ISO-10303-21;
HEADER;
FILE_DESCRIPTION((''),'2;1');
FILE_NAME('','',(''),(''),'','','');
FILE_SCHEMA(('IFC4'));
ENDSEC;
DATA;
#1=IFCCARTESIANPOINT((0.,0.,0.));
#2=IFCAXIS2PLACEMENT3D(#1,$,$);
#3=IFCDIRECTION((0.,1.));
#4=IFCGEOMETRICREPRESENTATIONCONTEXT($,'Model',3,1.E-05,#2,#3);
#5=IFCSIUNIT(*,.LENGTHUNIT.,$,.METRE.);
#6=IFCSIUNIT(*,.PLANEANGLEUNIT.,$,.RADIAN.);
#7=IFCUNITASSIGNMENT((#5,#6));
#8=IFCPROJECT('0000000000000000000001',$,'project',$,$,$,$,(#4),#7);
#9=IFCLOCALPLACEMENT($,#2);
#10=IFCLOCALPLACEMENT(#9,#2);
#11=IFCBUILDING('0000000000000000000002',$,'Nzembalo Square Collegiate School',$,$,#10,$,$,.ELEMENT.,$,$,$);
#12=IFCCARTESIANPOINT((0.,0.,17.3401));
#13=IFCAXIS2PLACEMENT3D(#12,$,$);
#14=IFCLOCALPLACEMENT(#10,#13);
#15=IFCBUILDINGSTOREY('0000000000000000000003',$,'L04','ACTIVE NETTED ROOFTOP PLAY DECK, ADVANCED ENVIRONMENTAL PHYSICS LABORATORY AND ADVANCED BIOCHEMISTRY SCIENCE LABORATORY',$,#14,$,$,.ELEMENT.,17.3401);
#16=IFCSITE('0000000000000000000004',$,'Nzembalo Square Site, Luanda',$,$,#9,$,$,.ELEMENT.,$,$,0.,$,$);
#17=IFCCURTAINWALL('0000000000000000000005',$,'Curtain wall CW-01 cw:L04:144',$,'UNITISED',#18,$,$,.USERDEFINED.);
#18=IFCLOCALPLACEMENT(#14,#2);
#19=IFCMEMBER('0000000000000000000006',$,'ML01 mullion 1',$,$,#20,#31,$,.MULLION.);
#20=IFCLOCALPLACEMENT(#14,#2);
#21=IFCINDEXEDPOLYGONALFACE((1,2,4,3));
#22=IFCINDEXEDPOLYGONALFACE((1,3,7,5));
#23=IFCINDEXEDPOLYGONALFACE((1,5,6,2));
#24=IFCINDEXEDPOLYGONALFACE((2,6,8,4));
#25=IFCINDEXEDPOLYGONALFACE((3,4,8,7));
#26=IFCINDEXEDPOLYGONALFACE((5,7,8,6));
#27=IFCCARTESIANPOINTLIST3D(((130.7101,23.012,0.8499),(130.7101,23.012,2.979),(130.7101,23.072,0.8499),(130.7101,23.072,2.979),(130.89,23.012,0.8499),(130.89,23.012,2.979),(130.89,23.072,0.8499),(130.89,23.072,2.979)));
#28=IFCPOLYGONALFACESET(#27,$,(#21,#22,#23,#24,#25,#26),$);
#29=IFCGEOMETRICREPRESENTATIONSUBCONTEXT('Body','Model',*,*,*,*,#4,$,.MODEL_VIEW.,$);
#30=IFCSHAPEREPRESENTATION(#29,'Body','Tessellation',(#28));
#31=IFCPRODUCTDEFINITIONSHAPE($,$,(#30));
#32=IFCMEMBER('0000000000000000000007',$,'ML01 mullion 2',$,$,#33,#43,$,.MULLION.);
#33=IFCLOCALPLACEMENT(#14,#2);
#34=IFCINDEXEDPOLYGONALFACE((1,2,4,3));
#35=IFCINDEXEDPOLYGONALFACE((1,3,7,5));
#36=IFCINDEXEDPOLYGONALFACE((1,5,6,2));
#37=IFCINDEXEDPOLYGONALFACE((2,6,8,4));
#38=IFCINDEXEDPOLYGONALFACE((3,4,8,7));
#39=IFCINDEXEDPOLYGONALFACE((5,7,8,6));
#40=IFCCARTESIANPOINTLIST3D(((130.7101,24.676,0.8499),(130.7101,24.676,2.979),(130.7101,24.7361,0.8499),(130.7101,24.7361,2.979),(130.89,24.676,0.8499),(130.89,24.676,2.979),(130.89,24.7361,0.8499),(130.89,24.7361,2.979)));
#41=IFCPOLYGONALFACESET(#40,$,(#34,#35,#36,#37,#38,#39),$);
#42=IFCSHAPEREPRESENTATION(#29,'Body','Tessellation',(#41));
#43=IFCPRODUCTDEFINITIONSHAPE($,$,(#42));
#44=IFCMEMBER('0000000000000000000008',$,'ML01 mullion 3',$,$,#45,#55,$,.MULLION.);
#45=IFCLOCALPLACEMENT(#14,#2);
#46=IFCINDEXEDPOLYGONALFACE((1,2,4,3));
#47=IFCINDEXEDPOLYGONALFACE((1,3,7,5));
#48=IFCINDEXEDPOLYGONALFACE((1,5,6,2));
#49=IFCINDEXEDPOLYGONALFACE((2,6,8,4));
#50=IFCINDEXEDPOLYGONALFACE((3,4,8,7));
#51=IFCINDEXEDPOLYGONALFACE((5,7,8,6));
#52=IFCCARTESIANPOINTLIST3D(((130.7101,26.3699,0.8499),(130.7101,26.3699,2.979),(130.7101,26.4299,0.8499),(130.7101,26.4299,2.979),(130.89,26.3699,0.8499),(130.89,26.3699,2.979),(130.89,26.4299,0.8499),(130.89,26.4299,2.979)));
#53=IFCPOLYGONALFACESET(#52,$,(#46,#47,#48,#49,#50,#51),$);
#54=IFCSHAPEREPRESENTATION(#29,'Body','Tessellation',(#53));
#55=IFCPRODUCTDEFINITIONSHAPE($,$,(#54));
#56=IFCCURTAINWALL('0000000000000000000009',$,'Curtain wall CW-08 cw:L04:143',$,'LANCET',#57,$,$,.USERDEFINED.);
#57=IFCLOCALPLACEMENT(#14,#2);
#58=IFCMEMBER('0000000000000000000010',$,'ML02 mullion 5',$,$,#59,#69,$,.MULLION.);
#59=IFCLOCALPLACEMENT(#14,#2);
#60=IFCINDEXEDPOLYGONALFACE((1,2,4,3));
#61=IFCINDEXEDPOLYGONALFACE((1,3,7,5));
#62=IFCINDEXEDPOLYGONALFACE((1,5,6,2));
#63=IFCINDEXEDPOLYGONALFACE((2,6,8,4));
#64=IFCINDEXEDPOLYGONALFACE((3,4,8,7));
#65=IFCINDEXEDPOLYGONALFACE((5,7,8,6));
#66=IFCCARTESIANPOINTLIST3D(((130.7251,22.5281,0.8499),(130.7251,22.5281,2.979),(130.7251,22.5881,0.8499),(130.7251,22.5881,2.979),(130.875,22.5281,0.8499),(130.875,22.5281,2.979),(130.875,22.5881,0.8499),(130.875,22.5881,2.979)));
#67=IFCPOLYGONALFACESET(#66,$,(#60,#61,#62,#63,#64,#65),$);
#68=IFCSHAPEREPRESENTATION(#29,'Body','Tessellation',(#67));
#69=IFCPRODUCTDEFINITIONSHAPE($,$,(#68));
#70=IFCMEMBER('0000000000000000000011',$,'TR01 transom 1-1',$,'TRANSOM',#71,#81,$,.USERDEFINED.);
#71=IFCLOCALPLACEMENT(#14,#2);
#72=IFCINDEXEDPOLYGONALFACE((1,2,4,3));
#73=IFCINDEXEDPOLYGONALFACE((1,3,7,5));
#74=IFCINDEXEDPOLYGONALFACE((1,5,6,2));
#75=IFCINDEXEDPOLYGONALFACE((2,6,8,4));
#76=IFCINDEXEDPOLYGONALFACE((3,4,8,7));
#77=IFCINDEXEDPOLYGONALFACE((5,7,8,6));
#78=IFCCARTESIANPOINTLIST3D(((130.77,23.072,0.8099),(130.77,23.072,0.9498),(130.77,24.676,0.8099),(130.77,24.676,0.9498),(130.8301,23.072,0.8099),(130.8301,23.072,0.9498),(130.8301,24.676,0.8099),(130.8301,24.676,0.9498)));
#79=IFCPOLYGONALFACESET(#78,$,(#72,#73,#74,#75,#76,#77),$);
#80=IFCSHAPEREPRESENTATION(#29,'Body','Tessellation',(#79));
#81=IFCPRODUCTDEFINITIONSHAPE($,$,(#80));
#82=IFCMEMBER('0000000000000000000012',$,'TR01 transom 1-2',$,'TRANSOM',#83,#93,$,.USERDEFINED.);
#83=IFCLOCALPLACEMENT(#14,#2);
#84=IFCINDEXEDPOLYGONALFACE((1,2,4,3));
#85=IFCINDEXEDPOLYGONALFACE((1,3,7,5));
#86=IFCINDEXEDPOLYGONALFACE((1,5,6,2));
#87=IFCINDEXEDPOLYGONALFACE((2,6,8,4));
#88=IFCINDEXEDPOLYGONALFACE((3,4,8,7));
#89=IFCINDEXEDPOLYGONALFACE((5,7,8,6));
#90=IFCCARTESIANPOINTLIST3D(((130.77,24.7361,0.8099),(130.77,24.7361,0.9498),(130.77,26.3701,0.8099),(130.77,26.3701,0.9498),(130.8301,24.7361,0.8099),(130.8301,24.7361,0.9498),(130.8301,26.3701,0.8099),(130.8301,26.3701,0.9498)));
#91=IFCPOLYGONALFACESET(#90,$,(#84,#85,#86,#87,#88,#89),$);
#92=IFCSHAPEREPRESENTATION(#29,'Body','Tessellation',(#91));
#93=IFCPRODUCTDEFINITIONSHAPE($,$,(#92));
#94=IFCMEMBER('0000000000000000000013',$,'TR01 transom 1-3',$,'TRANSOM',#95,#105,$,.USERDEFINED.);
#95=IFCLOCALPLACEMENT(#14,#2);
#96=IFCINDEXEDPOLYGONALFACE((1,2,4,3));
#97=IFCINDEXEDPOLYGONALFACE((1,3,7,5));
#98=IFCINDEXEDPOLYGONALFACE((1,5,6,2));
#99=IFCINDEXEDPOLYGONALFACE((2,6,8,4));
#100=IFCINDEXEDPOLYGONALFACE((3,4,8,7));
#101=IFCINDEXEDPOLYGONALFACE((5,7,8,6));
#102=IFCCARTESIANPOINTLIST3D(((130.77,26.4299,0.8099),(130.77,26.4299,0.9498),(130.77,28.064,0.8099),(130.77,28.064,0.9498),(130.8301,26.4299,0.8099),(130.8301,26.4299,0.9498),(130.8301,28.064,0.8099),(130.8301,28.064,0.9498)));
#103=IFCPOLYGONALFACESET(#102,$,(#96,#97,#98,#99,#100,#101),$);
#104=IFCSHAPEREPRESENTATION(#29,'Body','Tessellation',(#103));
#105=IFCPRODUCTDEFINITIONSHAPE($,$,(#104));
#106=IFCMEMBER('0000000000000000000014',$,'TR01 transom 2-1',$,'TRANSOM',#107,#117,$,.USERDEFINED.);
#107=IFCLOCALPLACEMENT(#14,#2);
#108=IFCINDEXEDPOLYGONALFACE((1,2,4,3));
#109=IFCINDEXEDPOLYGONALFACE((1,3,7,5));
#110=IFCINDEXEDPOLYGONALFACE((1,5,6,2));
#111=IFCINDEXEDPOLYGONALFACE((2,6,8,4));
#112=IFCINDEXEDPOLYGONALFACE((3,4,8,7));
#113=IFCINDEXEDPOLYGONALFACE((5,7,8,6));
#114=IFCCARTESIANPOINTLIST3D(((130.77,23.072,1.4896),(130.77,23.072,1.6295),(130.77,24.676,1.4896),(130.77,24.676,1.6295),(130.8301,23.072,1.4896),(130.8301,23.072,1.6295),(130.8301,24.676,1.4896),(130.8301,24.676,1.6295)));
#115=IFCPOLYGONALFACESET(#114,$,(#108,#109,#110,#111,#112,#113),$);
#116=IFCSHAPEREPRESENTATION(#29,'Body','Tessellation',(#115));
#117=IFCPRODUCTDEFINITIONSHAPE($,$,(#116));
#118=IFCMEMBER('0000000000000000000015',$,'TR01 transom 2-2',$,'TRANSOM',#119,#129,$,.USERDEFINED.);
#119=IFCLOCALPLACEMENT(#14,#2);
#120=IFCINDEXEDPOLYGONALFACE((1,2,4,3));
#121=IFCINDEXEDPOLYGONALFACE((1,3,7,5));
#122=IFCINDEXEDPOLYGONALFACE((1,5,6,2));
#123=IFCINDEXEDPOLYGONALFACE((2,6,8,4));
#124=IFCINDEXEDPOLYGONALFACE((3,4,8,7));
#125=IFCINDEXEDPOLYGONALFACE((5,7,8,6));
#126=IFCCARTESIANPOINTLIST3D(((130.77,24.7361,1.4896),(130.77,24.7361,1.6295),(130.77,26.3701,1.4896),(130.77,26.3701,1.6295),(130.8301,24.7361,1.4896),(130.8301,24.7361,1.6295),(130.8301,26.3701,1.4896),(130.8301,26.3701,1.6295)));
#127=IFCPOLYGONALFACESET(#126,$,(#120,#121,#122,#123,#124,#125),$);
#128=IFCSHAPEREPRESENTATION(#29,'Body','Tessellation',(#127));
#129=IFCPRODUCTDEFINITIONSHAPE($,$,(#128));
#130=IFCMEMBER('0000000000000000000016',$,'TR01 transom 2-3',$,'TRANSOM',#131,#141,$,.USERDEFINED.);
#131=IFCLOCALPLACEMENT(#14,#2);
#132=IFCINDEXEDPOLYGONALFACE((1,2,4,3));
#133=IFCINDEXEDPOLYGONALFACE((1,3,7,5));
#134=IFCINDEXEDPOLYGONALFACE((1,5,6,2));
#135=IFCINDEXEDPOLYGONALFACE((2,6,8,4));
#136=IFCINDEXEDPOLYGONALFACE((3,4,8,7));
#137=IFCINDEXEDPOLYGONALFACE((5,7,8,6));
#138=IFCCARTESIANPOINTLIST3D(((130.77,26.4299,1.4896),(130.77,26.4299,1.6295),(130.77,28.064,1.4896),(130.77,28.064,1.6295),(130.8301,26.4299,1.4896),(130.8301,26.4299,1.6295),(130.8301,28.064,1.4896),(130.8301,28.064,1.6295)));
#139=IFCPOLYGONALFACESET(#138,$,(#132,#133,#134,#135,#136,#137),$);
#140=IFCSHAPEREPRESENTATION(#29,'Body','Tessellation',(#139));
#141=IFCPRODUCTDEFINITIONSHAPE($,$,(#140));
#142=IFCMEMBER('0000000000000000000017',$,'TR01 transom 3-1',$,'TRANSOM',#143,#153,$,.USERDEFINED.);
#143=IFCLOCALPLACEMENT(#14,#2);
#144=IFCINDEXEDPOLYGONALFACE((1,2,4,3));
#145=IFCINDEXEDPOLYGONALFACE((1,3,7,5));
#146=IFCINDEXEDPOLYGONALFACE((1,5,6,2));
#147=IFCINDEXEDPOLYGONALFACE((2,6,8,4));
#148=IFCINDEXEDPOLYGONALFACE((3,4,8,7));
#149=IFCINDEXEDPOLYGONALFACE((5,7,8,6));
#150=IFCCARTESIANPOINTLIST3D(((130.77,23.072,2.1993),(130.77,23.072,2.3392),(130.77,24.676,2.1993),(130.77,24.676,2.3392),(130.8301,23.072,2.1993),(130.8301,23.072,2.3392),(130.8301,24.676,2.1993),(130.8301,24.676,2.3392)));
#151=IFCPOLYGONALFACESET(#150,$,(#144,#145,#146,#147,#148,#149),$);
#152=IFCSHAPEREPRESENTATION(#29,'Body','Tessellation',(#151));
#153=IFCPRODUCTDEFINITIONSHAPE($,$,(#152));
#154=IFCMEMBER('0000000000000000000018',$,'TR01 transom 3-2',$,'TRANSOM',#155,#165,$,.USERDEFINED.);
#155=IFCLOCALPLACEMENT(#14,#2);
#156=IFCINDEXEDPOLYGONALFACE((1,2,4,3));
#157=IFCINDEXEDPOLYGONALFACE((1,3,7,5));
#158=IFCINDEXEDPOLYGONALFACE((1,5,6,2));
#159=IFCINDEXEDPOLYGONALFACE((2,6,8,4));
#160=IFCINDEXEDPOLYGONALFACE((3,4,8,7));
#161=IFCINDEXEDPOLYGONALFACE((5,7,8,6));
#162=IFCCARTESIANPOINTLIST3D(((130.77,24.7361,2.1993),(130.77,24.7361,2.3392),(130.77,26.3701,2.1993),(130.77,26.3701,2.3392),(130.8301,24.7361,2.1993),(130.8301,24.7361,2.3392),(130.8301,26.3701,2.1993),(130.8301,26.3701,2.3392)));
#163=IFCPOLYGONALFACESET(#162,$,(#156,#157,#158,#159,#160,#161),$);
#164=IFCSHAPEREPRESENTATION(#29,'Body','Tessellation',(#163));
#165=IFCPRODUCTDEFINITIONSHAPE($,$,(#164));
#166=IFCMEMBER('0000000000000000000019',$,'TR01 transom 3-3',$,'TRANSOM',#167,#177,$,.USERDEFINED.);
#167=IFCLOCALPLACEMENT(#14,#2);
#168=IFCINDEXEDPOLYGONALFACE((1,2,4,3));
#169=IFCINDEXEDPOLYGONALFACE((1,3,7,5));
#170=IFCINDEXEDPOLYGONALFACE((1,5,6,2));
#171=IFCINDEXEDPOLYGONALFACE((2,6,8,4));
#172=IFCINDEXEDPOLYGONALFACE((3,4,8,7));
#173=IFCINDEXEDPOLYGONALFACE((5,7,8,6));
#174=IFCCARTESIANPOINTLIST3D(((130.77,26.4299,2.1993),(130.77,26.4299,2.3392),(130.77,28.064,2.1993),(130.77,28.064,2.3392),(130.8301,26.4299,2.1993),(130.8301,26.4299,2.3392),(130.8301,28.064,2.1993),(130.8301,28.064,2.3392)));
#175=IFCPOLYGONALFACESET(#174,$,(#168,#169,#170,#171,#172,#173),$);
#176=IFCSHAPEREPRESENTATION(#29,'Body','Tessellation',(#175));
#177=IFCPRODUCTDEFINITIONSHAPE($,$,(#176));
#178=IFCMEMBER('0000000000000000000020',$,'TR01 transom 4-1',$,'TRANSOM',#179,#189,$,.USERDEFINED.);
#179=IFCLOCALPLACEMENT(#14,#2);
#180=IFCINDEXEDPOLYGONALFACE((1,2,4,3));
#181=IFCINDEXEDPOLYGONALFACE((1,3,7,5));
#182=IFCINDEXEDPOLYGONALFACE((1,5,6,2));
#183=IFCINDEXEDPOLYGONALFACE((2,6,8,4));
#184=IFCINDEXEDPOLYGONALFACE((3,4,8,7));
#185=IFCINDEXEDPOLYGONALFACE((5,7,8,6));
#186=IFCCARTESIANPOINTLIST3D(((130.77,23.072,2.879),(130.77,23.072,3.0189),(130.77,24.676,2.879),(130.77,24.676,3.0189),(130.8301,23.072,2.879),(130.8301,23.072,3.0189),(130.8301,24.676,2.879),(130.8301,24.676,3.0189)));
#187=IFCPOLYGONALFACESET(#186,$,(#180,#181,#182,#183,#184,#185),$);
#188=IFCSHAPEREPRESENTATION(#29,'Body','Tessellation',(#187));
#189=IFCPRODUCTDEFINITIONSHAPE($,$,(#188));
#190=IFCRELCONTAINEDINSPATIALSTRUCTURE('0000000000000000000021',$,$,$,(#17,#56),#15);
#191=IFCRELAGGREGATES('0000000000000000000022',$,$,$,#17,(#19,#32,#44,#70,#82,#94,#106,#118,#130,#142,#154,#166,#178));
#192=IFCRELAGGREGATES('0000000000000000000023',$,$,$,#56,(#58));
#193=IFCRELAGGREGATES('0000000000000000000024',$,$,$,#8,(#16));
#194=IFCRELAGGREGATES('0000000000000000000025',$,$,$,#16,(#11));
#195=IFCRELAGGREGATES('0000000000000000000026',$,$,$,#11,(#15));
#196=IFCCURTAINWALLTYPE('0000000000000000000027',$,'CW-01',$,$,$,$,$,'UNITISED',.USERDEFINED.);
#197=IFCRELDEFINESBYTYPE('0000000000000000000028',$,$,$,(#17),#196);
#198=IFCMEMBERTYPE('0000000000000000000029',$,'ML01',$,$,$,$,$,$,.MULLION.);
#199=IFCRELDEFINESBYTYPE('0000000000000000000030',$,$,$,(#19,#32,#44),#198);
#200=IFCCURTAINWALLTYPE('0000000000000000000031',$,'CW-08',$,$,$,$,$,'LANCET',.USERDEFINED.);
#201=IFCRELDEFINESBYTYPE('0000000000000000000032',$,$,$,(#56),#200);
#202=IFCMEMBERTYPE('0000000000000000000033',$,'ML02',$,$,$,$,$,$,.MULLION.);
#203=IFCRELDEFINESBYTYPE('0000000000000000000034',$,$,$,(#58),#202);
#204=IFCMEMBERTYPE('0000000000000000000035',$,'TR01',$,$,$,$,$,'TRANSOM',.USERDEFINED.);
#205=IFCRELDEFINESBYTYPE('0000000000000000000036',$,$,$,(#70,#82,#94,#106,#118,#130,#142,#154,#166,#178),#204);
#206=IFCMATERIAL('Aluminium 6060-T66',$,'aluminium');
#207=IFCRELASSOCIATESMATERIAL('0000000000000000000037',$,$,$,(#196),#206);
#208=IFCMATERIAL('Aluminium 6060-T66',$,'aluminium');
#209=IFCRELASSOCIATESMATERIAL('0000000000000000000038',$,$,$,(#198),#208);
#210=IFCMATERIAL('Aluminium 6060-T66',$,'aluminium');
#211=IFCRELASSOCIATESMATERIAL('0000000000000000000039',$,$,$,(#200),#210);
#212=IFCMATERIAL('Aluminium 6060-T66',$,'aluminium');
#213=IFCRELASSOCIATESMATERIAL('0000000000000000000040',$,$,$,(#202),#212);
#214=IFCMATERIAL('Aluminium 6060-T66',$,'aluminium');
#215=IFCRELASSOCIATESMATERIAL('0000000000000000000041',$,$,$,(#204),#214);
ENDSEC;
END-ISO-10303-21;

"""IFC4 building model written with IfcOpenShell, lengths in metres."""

from ifc_helpers import new_model, si_unit, direction, frame, origin, origin_2d, place, context, subcontext, project, spatial, rectangle, extrude, material, material_profile, profile_set, type_object, element, aggregate, save


model = new_model("IFC4")

# Units and contexts
model_context = context("Model", 3, precision=1e-05, world=origin(), true_north=direction((0.0, 1.0)))
body_context = subcontext(model_context, "Body", "Model", "MODEL_VIEW")
ifc_project = project(units=[si_unit("LENGTHUNIT", "METRE"), si_unit("PLANEANGLEUNIT", "RADIAN")], contexts=[model_context])

# Site, building, storey
site_placement = place(None, origin())
site = spatial("IfcSite", under=ifc_project, at=site_placement, Name="Nzembalo Square Site, Luanda", CompositionType="ELEMENT", RefElevation=0.0)
building_placement = place(site_placement, origin())
building = spatial("IfcBuilding", under=site, at=building_placement, Name="Nzembalo Square Collegiate School", CompositionType="ELEMENT")
storey_placement = place(building_placement, frame((0.0, 0.0, 17.3401)))
storey = spatial("IfcBuildingStorey", under=building, at=storey_placement, Name="L04", Description="ACTIVE NETTED ROOFTOP PLAY DECK, ADVANCED ENVIRONMENTAL PHYSICS LABORATORY AND ADVANCED BIOCHEMISTRY SCIENCE LABORATORY", CompositionType="ELEMENT", Elevation=17.3401)

# Curtain wall, members
ifc_material_1 = material(Name="Aluminium 6060-T66", Category="aluminium")
curtain_wall_type_1 = type_object("IfcCurtainWallType", Name="CW-01", ElementType="UNITISED", PredefinedType="USERDEFINED", material=ifc_material_1)
curtain_wall_1_placement = place(storey_placement, origin())
curtain_wall_1 = element("IfcCurtainWall", 1, at=curtain_wall_1_placement, inside=storey, type_object=curtain_wall_type_1, Name="Curtain wall CW-01 cw:L04:144", ObjectType="UNITISED", PredefinedType="USERDEFINED")
ifc_material_2 = material(Name="Aluminium 6060-T66", Category="aluminium")
ifc_material_profile_1 = material_profile(ifc_material_2, rectangle(XDim=0.0601, YDim=0.1799, at=origin_2d()), Name="ALU M60x180")
ifc_profile_set_1 = profile_set([ifc_material_profile_1], Name="Aluminium 6060-T66")
member_type_1 = type_object("IfcMemberType", Name="ML01", PredefinedType="MULLION", material=ifc_profile_set_1)
member_1_placement = place(storey_placement, frame((130.8, 23.042, 0.8499), z_axis=(0.0, 0.0, 1.0), x_axis=(0.0, 1.0, 0.0)))
member_1 = element("IfcMember", 2, at=member_1_placement, type_object=member_type_1, Name="ML01 mullion 1", PredefinedType="MULLION", context=body_context, shape_type="SweptSolid", body=[
    extrude(rectangle(XDim=0.0601, YDim=0.1799, at=origin_2d()), origin(), (0.0, 0.0, 1.0), 2.1292),
])
member_2_placement = place(storey_placement, frame((130.8, 24.7061, 0.8499), z_axis=(0.0, 0.0, 1.0), x_axis=(0.0, 1.0, 0.0)))
member_2 = element("IfcMember", 3, at=member_2_placement, type_object=member_type_1, Name="ML01 mullion 2", PredefinedType="MULLION", context=body_context, shape_type="SweptSolid", body=[
    extrude(rectangle(XDim=0.0601, YDim=0.1799, at=origin_2d()), origin(), (0.0, 0.0, 1.0), 2.1292),
])
member_3_placement = place(storey_placement, frame((130.8, 26.3999, 0.8499), z_axis=(0.0, 0.0, 1.0), x_axis=(0.0, 1.0, 0.0)))
member_3 = element("IfcMember", 4, at=member_3_placement, type_object=member_type_1, Name="ML01 mullion 3", PredefinedType="MULLION", context=body_context, shape_type="SweptSolid", body=[
    extrude(rectangle(XDim=0.0601, YDim=0.1799, at=origin_2d()), origin(), (0.0, 0.0, 1.0), 2.1292),
])

# Curtain wall, member
ifc_material_3 = material(Name="Aluminium 6060-T66", Category="aluminium")
curtain_wall_type_2 = type_object("IfcCurtainWallType", Name="CW-08", ElementType="LANCET", PredefinedType="USERDEFINED", material=ifc_material_3)
curtain_wall_2_placement = place(storey_placement, origin())
curtain_wall_2 = element("IfcCurtainWall", 5, at=curtain_wall_2_placement, inside=storey, type_object=curtain_wall_type_2, Name="Curtain wall CW-08 cw:L04:143", ObjectType="LANCET", PredefinedType="USERDEFINED")
ifc_material_4 = material(Name="Aluminium 6060-T66", Category="aluminium")
ifc_material_profile_2 = material_profile(ifc_material_4, rectangle(XDim=0.0601, YDim=0.1499, at=origin_2d()), Name="ALU M60x150")
ifc_profile_set_2 = profile_set([ifc_material_profile_2], Name="Aluminium 6060-T66")
member_type_2 = type_object("IfcMemberType", Name="ML02", PredefinedType="MULLION", material=ifc_profile_set_2)
member_4_placement = place(storey_placement, frame((130.8, 22.5581, 0.8499), z_axis=(0.0, 0.0, 1.0), x_axis=(0.0, 1.0, 0.0)))
member_4 = element("IfcMember", 6, at=member_4_placement, type_object=member_type_2, Name="ML02 mullion 5", PredefinedType="MULLION", context=body_context, shape_type="SweptSolid", body=[
    extrude(rectangle(XDim=0.0601, YDim=0.1499, at=origin_2d()), origin(), (0.0, 0.0, 1.0), 2.1292),
])

# Members
ifc_material_5 = material(Name="Aluminium 6060-T66", Category="aluminium")
ifc_material_profile_3 = material_profile(ifc_material_5, rectangle(XDim=0.0601, YDim=0.1399, at=origin_2d()), Name="ALU T60x140")
ifc_profile_set_3 = profile_set([ifc_material_profile_3], Name="Aluminium 6060-T66")
member_type_3 = type_object("IfcMemberType", Name="TR01", ElementType="TRANSOM", PredefinedType="USERDEFINED", material=ifc_profile_set_3)
member_5_placement = place(storey_placement, frame((130.8, 23.072, 0.8799), z_axis=(0.0, 1.0, 0.0), x_axis=(-1.0, 0.0, 0.0)))
member_5 = element("IfcMember", 7, at=member_5_placement, type_object=member_type_3, Name="TR01 transom 1-1", ObjectType="TRANSOM", PredefinedType="USERDEFINED", context=body_context, shape_type="SweptSolid", body=[
    extrude(rectangle(XDim=0.0601, YDim=0.1399, at=origin_2d()), origin(), (0.0, 0.0, 1.0), 1.604),
])
member_6_placement = place(storey_placement, frame((130.8, 24.7361, 0.8799), z_axis=(0.0, 1.0, 0.0), x_axis=(-1.0, 0.0, 0.0)))
member_6 = element("IfcMember", 8, at=member_6_placement, type_object=member_type_3, Name="TR01 transom 1-2", ObjectType="TRANSOM", PredefinedType="USERDEFINED", context=body_context, shape_type="SweptSolid", body=[
    extrude(rectangle(XDim=0.0601, YDim=0.1399, at=origin_2d()), origin(), (0.0, 0.0, 1.0), 1.634),
])
member_7_placement = place(storey_placement, frame((130.8, 26.4299, 0.8799), z_axis=(0.0, 1.0, 0.0), x_axis=(-1.0, 0.0, 0.0)))
member_7 = element("IfcMember", 9, at=member_7_placement, type_object=member_type_3, Name="TR01 transom 1-3", ObjectType="TRANSOM", PredefinedType="USERDEFINED", context=body_context, shape_type="SweptSolid", body=[
    extrude(rectangle(XDim=0.0601, YDim=0.1399, at=origin_2d()), origin(), (0.0, 0.0, 1.0), 1.634),
])
member_8_placement = place(storey_placement, frame((130.8, 23.072, 1.5596), z_axis=(0.0, 1.0, 0.0), x_axis=(-1.0, 0.0, 0.0)))
member_8 = element("IfcMember", 10, at=member_8_placement, type_object=member_type_3, Name="TR01 transom 2-1", ObjectType="TRANSOM", PredefinedType="USERDEFINED", context=body_context, shape_type="SweptSolid", body=[
    extrude(rectangle(XDim=0.0601, YDim=0.1399, at=origin_2d()), origin(), (0.0, 0.0, 1.0), 1.604),
])
member_9_placement = place(storey_placement, frame((130.8, 24.7361, 1.5596), z_axis=(0.0, 1.0, 0.0), x_axis=(-1.0, 0.0, 0.0)))
member_9 = element("IfcMember", 11, at=member_9_placement, type_object=member_type_3, Name="TR01 transom 2-2", ObjectType="TRANSOM", PredefinedType="USERDEFINED", context=body_context, shape_type="SweptSolid", body=[
    extrude(rectangle(XDim=0.0601, YDim=0.1399, at=origin_2d()), origin(), (0.0, 0.0, 1.0), 1.634),
])
member_10_placement = place(storey_placement, frame((130.8, 26.4299, 1.5596), z_axis=(0.0, 1.0, 0.0), x_axis=(-1.0, 0.0, 0.0)))
member_10 = element("IfcMember", 12, at=member_10_placement, type_object=member_type_3, Name="TR01 transom 2-3", ObjectType="TRANSOM", PredefinedType="USERDEFINED", context=body_context, shape_type="SweptSolid", body=[
    extrude(rectangle(XDim=0.0601, YDim=0.1399, at=origin_2d()), origin(), (0.0, 0.0, 1.0), 1.634),
])
member_11_placement = place(storey_placement, frame((130.8, 23.072, 2.2693), z_axis=(0.0, 1.0, 0.0), x_axis=(-1.0, 0.0, 0.0)))
member_11 = element("IfcMember", 13, at=member_11_placement, type_object=member_type_3, Name="TR01 transom 3-1", ObjectType="TRANSOM", PredefinedType="USERDEFINED", context=body_context, shape_type="SweptSolid", body=[
    extrude(rectangle(XDim=0.0601, YDim=0.1399, at=origin_2d()), origin(), (0.0, 0.0, 1.0), 1.604),
])
member_12_placement = place(storey_placement, frame((130.8, 24.7361, 2.2693), z_axis=(0.0, 1.0, 0.0), x_axis=(-1.0, 0.0, 0.0)))
member_12 = element("IfcMember", 14, at=member_12_placement, type_object=member_type_3, Name="TR01 transom 3-2", ObjectType="TRANSOM", PredefinedType="USERDEFINED", context=body_context, shape_type="SweptSolid", body=[
    extrude(rectangle(XDim=0.0601, YDim=0.1399, at=origin_2d()), origin(), (0.0, 0.0, 1.0), 1.634),
])
member_13_placement = place(storey_placement, frame((130.8, 26.4299, 2.2693), z_axis=(0.0, 1.0, 0.0), x_axis=(-1.0, 0.0, 0.0)))
member_13 = element("IfcMember", 15, at=member_13_placement, type_object=member_type_3, Name="TR01 transom 3-3", ObjectType="TRANSOM", PredefinedType="USERDEFINED", context=body_context, shape_type="SweptSolid", body=[
    extrude(rectangle(XDim=0.0601, YDim=0.1399, at=origin_2d()), origin(), (0.0, 0.0, 1.0), 1.634),
])
member_14_placement = place(storey_placement, frame((130.8, 23.072, 2.949), z_axis=(0.0, 1.0, 0.0), x_axis=(-1.0, 0.0, 0.0)))
member_14 = element("IfcMember", 16, at=member_14_placement, type_object=member_type_3, Name="TR01 transom 4-1", ObjectType="TRANSOM", PredefinedType="USERDEFINED", context=body_context, shape_type="SweptSolid", body=[
    extrude(rectangle(XDim=0.0601, YDim=0.1399, at=origin_2d()), origin(), (0.0, 0.0, 1.0), 1.604),
])

aggregate(curtain_wall_1, [member_1, member_2, member_3, member_5, member_6, member_7, member_8, member_9, member_10, member_11, member_12, member_13, member_14])
aggregate(curtain_wall_2, [member_4])

save(model, "model.ifc")
